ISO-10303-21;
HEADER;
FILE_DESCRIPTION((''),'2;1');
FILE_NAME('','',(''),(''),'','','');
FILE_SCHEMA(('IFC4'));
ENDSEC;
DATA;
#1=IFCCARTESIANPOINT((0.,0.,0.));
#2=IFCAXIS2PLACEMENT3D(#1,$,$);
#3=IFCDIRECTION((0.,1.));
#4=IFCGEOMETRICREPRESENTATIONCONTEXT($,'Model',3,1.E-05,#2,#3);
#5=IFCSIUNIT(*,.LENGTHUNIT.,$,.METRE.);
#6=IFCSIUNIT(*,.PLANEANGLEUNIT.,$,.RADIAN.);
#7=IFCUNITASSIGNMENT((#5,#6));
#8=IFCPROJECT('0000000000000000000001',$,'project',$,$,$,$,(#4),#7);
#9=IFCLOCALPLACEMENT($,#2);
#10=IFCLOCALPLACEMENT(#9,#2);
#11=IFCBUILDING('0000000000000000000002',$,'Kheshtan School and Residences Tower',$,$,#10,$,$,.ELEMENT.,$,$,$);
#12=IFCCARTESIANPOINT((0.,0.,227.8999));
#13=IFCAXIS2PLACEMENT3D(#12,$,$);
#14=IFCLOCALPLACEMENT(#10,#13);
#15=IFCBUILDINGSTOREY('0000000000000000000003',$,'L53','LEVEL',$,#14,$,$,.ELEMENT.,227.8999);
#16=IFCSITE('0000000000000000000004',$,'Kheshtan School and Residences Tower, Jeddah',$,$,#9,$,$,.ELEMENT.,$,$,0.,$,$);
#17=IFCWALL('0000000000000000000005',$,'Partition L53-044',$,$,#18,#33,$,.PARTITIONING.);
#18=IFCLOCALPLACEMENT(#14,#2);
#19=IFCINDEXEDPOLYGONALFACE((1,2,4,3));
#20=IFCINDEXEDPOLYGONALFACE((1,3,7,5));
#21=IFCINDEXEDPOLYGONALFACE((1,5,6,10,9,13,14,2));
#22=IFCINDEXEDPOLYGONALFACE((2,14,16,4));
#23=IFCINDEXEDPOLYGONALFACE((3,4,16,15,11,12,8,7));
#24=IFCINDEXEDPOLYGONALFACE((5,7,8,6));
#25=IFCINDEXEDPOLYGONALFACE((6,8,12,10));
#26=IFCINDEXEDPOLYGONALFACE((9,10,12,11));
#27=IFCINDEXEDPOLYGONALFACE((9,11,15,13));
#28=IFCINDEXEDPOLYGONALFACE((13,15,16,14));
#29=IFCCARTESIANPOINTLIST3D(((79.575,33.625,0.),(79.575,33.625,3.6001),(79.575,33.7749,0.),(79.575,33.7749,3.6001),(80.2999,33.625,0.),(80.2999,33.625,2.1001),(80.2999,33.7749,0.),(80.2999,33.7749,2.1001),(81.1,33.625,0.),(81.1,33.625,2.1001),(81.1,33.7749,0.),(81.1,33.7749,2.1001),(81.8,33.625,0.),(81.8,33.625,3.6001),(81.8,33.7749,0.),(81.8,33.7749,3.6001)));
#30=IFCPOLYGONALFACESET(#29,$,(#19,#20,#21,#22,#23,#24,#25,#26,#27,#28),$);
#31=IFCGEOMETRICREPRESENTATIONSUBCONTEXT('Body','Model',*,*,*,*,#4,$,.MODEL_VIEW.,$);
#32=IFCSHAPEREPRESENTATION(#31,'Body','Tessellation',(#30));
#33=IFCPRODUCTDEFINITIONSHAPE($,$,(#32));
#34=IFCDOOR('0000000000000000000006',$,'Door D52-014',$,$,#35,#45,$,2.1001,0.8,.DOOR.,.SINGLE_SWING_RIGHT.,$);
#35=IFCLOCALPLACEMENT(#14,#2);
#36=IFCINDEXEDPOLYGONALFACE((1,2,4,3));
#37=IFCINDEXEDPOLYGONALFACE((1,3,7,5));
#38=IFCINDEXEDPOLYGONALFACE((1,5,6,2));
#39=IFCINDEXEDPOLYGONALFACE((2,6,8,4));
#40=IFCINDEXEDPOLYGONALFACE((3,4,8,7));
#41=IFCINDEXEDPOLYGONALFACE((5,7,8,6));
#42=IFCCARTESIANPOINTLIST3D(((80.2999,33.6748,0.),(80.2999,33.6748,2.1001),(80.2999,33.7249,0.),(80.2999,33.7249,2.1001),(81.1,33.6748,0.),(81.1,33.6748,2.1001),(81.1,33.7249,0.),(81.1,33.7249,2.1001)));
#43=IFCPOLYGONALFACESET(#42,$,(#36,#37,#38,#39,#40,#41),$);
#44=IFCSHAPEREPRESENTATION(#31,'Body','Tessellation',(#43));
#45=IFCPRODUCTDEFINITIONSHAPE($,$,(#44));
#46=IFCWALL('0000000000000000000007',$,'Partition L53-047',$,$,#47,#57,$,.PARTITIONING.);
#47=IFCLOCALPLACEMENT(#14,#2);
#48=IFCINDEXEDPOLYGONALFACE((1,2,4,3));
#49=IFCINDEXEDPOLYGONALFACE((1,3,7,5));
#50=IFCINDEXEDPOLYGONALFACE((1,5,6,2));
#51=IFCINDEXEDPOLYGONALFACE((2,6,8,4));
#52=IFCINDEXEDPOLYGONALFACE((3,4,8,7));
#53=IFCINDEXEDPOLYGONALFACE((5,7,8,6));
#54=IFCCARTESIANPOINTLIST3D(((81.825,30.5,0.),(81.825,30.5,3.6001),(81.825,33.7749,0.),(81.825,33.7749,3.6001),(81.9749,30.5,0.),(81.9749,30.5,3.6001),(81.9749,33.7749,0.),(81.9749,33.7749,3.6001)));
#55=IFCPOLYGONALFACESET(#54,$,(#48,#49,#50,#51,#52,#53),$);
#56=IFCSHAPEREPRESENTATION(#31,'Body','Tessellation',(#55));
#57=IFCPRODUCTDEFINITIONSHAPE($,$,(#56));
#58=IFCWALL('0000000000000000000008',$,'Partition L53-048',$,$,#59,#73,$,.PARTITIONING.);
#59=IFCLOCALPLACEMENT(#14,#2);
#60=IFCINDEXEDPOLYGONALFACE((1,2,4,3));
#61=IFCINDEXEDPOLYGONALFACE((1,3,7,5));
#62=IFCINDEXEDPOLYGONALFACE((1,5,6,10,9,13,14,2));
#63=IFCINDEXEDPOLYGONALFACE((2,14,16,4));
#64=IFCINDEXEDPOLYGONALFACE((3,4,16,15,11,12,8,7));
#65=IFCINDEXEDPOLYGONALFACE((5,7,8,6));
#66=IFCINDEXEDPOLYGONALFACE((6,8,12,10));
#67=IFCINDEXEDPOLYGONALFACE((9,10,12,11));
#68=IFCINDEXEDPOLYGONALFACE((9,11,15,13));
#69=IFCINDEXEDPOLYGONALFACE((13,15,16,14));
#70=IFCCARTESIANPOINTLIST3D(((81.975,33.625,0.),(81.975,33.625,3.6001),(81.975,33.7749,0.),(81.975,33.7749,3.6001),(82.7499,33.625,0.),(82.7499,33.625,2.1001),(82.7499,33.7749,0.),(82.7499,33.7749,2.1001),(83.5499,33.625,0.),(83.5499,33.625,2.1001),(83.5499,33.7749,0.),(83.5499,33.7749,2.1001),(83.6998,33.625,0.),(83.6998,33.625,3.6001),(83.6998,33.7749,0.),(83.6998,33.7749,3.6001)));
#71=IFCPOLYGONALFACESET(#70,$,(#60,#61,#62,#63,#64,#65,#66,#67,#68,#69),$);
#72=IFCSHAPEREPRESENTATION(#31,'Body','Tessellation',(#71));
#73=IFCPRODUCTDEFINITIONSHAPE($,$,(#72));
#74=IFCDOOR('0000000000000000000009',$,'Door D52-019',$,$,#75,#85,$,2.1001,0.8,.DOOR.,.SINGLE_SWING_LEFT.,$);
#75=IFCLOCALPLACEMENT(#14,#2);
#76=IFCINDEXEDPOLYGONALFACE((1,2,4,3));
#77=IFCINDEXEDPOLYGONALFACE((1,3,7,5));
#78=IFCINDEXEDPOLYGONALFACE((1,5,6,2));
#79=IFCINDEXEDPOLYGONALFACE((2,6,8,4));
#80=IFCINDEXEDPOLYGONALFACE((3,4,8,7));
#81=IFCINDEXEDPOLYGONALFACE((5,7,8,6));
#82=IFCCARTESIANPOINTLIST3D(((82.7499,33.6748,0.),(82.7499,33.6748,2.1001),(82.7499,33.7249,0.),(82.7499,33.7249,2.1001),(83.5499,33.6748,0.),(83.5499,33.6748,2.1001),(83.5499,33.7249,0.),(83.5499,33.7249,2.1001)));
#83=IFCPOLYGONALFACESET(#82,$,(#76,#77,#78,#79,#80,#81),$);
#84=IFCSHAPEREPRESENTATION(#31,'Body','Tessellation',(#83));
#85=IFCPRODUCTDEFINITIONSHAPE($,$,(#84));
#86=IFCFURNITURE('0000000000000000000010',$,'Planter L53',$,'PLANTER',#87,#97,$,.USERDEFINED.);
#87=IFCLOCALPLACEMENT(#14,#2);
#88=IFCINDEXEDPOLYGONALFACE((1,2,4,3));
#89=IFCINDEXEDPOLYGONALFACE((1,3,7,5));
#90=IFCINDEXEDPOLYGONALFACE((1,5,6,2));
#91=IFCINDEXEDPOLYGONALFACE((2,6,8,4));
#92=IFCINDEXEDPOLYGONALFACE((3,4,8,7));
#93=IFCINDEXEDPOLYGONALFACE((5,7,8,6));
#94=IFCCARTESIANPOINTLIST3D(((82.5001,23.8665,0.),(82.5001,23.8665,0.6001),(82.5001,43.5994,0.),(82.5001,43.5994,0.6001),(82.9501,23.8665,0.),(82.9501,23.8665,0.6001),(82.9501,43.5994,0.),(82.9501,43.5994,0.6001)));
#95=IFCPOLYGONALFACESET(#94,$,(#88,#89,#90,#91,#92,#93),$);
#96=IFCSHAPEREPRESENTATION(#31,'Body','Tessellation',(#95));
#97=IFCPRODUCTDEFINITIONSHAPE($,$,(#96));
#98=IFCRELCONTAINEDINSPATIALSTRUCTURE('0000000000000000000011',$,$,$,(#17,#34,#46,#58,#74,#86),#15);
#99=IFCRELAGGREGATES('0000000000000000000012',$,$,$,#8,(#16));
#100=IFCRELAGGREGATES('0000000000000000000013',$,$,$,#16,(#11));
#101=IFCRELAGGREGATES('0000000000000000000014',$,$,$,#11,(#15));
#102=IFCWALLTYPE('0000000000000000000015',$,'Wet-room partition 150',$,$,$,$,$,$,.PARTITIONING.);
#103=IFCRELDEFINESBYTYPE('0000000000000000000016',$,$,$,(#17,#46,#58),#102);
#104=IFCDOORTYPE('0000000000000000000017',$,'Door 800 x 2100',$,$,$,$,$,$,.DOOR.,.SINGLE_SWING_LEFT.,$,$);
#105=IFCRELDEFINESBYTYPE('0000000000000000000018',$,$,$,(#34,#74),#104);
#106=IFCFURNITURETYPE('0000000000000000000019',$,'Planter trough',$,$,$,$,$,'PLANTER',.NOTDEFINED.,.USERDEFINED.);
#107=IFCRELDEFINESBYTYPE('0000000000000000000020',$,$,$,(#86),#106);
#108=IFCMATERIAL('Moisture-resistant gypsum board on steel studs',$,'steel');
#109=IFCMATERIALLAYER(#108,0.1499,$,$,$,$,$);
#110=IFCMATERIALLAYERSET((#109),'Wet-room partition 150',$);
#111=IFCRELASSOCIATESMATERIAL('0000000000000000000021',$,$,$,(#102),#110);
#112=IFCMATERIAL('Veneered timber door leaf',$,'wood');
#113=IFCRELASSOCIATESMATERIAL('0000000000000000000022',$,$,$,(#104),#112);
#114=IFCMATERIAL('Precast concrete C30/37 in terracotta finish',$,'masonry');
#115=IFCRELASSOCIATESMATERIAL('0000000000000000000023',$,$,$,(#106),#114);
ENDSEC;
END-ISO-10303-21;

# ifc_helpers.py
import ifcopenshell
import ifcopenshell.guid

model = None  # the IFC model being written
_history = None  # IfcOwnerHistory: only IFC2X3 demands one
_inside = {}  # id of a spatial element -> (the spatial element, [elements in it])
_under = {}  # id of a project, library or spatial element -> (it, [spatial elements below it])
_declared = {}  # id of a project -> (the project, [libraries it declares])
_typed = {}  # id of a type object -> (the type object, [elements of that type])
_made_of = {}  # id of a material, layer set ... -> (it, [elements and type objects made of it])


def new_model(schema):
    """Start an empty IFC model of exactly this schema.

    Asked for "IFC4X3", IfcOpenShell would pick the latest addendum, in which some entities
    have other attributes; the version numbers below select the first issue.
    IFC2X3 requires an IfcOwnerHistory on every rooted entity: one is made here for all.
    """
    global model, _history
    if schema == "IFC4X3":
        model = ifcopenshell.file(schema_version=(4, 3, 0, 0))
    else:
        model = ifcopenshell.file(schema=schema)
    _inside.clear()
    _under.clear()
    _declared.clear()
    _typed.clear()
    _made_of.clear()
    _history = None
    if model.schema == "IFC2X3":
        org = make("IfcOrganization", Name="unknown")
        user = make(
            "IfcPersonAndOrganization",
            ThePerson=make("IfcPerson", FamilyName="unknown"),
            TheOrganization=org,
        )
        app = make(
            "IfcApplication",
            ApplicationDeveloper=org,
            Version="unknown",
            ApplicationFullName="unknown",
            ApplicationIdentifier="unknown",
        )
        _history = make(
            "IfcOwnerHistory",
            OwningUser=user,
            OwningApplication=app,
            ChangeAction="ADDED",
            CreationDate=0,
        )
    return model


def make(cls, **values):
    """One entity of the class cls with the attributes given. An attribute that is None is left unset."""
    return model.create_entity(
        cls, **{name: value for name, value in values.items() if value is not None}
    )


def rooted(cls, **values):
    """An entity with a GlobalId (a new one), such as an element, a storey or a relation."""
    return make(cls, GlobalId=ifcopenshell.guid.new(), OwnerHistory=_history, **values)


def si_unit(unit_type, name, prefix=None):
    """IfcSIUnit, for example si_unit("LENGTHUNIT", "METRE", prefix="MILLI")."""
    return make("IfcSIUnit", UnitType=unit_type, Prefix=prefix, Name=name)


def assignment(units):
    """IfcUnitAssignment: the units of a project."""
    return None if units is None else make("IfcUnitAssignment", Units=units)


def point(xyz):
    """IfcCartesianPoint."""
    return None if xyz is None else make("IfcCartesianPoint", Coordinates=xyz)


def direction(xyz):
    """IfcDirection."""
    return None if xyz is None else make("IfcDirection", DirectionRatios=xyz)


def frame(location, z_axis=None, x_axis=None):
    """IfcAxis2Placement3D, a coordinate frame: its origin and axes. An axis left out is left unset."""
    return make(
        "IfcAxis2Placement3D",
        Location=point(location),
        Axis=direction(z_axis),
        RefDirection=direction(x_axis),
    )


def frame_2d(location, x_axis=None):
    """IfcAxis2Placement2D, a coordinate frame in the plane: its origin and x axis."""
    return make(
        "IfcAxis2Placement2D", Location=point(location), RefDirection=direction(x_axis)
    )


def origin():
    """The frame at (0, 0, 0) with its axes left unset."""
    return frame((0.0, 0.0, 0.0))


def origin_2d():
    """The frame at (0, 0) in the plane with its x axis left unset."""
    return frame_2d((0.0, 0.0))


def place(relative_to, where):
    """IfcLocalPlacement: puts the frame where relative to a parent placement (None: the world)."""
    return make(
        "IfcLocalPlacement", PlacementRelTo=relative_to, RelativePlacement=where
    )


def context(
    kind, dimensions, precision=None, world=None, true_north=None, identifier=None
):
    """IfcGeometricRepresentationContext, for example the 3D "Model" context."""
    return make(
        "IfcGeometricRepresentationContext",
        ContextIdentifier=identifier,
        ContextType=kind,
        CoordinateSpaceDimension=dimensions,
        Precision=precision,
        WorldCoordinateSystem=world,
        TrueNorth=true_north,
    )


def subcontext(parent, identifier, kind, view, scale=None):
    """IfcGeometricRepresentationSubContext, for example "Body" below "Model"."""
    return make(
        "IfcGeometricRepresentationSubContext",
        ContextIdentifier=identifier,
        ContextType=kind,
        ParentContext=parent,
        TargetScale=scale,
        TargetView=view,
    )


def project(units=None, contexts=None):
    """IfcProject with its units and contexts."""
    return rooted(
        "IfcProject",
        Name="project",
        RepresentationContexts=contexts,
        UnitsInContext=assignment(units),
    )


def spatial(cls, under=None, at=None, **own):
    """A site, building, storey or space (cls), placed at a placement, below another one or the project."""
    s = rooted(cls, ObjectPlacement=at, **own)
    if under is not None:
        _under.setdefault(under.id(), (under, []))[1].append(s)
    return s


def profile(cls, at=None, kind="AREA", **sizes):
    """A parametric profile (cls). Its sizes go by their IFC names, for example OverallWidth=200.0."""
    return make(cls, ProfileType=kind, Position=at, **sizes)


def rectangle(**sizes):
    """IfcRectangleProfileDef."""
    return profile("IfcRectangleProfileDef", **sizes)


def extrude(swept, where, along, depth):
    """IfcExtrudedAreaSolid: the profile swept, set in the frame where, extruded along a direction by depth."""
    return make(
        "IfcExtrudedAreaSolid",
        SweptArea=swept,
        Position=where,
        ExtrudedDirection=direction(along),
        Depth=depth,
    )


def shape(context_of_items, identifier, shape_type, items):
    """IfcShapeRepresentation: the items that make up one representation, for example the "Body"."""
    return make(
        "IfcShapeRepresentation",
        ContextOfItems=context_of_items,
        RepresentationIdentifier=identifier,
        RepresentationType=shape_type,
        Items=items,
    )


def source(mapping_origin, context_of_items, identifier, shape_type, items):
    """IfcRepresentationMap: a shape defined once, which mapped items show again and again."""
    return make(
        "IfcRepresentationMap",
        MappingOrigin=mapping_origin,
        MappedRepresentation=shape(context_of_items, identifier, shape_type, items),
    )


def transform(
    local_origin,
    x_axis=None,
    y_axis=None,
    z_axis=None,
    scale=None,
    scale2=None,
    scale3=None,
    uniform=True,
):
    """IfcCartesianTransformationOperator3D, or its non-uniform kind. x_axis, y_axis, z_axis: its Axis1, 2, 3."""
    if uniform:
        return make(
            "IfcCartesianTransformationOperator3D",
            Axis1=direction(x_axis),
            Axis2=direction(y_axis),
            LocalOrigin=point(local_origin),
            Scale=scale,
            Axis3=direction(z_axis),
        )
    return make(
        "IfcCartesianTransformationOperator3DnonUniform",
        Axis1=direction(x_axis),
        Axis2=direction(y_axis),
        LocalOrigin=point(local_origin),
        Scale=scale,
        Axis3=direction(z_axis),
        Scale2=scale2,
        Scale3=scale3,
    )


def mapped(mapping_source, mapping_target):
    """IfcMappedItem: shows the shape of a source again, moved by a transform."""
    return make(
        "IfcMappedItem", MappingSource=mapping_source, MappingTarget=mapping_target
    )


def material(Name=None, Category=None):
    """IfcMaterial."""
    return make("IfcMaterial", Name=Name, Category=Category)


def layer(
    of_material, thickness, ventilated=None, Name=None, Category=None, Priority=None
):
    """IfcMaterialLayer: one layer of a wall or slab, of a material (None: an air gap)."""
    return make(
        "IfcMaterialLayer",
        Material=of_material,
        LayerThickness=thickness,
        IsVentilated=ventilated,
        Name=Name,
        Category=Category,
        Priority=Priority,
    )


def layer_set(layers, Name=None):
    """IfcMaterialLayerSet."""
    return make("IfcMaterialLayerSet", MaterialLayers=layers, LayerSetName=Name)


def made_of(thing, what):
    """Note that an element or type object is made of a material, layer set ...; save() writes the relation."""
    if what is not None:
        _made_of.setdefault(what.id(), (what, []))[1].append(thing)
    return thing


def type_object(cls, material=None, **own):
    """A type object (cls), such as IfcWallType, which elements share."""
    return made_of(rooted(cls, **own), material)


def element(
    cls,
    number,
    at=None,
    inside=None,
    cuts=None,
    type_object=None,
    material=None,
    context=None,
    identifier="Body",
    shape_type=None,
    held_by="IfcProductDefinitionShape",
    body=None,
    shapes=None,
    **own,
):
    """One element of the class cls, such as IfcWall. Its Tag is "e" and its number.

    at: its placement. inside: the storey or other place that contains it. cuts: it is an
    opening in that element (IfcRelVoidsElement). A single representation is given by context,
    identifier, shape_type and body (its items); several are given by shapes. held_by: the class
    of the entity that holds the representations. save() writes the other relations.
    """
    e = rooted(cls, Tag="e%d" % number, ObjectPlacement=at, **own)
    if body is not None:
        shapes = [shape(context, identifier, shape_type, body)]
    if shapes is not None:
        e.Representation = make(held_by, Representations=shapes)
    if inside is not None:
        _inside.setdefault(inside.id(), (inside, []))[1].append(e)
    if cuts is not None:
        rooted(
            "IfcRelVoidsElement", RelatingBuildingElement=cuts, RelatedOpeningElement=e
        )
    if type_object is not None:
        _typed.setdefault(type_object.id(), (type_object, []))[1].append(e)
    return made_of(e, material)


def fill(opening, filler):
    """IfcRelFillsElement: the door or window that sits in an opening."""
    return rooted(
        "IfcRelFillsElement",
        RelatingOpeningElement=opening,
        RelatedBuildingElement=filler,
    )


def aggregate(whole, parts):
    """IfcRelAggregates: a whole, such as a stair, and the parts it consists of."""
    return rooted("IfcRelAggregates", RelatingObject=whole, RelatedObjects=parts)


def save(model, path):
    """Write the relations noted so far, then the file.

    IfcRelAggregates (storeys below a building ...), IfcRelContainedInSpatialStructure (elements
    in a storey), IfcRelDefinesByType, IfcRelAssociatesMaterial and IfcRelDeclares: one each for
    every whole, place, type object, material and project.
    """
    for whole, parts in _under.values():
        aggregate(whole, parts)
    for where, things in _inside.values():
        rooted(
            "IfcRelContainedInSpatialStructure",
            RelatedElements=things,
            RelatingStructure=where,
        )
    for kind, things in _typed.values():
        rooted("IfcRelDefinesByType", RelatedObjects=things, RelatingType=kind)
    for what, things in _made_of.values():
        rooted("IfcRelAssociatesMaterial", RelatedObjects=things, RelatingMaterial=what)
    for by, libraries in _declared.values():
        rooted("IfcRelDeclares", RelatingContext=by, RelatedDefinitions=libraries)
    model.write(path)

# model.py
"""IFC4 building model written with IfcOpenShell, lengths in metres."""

from ifc_helpers import new_model, si_unit, direction, frame, frame_2d, origin, origin_2d, place, context, subcontext, project, spatial, rectangle, extrude, source, transform, mapped, material, layer, layer_set, type_object, element, fill, save


model = new_model("IFC4")

# Units and contexts
model_context = context("Model", 3, precision=1e-05, world=origin(), true_north=direction((0.0, 1.0)))
body_context = subcontext(model_context, "Body", "Model", "MODEL_VIEW")
ifc_project = project(units=[si_unit("LENGTHUNIT", "METRE"), si_unit("PLANEANGLEUNIT", "RADIAN")], contexts=[model_context])

# Site, building, storey
site_placement = place(None, origin())
site = spatial("IfcSite", under=ifc_project, at=site_placement, Name="Kheshtan School and Residences Tower, Jeddah", CompositionType="ELEMENT", RefElevation=0.0)
building_placement = place(site_placement, origin())
building = spatial("IfcBuilding", under=site, at=building_placement, Name="Kheshtan School and Residences Tower", CompositionType="ELEMENT")
storey_placement = place(building_placement, frame((0.0, 0.0, 227.8999)))
storey = spatial("IfcBuildingStorey", under=building, at=storey_placement, Name="L53", Description="LEVEL", CompositionType="ELEMENT", Elevation=227.8999)

# Shared definitions
ifc_material_1 = material(Name="Moisture-resistant gypsum board on steel studs", Category="steel")
ifc_layer_1 = layer(ifc_material_1, 0.1499)
ifc_layer_set_1 = layer_set([ifc_layer_1], Name="Wet-room partition 150")
wall_type_1 = type_object("IfcWallType", Name="Wet-room partition 150", PredefinedType="PARTITIONING", material=ifc_layer_set_1)

# Wall, opening, door
wall_1_placement = place(storey_placement, frame((79.575, 33.7, 0.0), z_axis=(0.0, 0.0, 1.0), x_axis=(1.0, 0.0, 0.0)))
wall_1 = element("IfcWall", 1, at=wall_1_placement, inside=storey, type_object=wall_type_1, Name="Partition L53-044", PredefinedType="PARTITIONING", context=body_context, shape_type="SweptSolid", body=[
    extrude(rectangle(XDim=2.2251, YDim=0.1499, at=frame_2d((1.1125, 0.0))), origin(), (0.0, 0.0, 1.0), 3.6001),
])
opening_1_placement = place(wall_1_placement, frame((0.7251, 0.0, 0.0)))
opening_1 = element("IfcOpeningElement", 2, at=opening_1_placement, cuts=wall_1, PredefinedType="OPENING", context=body_context, shape_type="SweptSolid", body=[
    extrude(rectangle(XDim=0.8, YDim=2.1001, at=frame_2d((0.3999, 1.05))), frame((0.0, 0.085, 0.0), z_axis=(0.0, -1.0, 0.0), x_axis=(1.0, 0.0, 0.0)), (0.0, 0.0, 1.0), 0.1699),
])
ifc_material_2 = material(Name="Veneered timber door leaf", Category="wood")
door_type_1 = type_object("IfcDoorType", Name="Door 800 x 2100", OperationType="SINGLE_SWING_LEFT", PredefinedType="DOOR", material=ifc_material_2)
shared_shape_1 = source(origin(), body_context, "Body", "SweptSolid", [
    extrude(rectangle(XDim=0.8, YDim=2.1001, at=frame_2d((0.3999, 1.05))), frame((0.0, 0.0249, 0.0), z_axis=(0.0, -1.0, 0.0), x_axis=(1.0, 0.0, 0.0)), (0.0, 0.0, 1.0), 0.05),
])
door_1_placement = place(opening_1_placement, origin())
door_1 = element("IfcDoor", 3, at=door_1_placement, inside=storey, type_object=door_type_1, Name="Door D52-014", OperationType="SINGLE_SWING_RIGHT", OverallHeight=2.1001, OverallWidth=0.8, PredefinedType="DOOR", context=body_context, shape_type="MappedRepresentation", body=[
    mapped(shared_shape_1, transform((0.0, 0.0, 0.0), x_axis=(1.0, 0.0, 0.0), y_axis=(0.0, 1.0, 0.0), z_axis=(0.0, 0.0, 1.0), scale=1.0)),
])
fill(opening_1, door_1)

# Wall
wall_2_placement = place(storey_placement, frame((81.8999, 30.5, 0.0), z_axis=(0.0, 0.0, 1.0), x_axis=(0.0, 1.0, 0.0)))
element("IfcWall", 4, at=wall_2_placement, inside=storey, type_object=wall_type_1, Name="Partition L53-047", PredefinedType="PARTITIONING", context=body_context, shape_type="SweptSolid", body=[
    extrude(rectangle(XDim=3.2749, YDim=0.1499, at=frame_2d((1.6375, 0.0))), origin(), (0.0, 0.0, 1.0), 3.6001),
])

# Wall, opening, door
wall_3_placement = place(storey_placement, frame((81.9751, 33.7, 0.0), z_axis=(0.0, 0.0, 1.0), x_axis=(1.0, 0.0, 0.0)))
wall_3 = element("IfcWall", 5, at=wall_3_placement, inside=storey, type_object=wall_type_1, Name="Partition L53-048", PredefinedType="PARTITIONING", context=body_context, shape_type="SweptSolid", body=[
    extrude(rectangle(XDim=1.7249, YDim=0.1499, at=frame_2d((0.8623, 0.0))), origin(), (0.0, 0.0, 1.0), 3.6001),
])
opening_2_placement = place(wall_3_placement, frame((0.7749, 0.0, 0.0)))
opening_2 = element("IfcOpeningElement", 6, at=opening_2_placement, cuts=wall_3, PredefinedType="OPENING", context=body_context, shape_type="SweptSolid", body=[
    extrude(rectangle(XDim=0.8, YDim=2.1001, at=frame_2d((0.3999, 1.05))), frame((0.0, 0.085, 0.0), z_axis=(0.0, -1.0, 0.0), x_axis=(1.0, 0.0, 0.0)), (0.0, 0.0, 1.0), 0.1699),
])
door_2_placement = place(opening_2_placement, origin())
door_2 = element("IfcDoor", 7, at=door_2_placement, inside=storey, type_object=door_type_1, Name="Door D52-019", OperationType="SINGLE_SWING_LEFT", OverallHeight=2.1001, OverallWidth=0.8, PredefinedType="DOOR", context=body_context, shape_type="MappedRepresentation", body=[
    mapped(shared_shape_1, transform((0.0, 0.0, 0.0), x_axis=(1.0, 0.0, 0.0), y_axis=(0.0, 1.0, 0.0), z_axis=(0.0, 0.0, 1.0), scale=1.0)),
])
fill(opening_2, door_2)

# Furniture
ifc_material_3 = material(Name="Precast concrete C30/37 in terracotta finish", Category="masonry")
furniture_type = type_object("IfcFurnitureType", Name="Planter trough", ElementType="PLANTER", AssemblyPlace="NOTDEFINED", PredefinedType="USERDEFINED", material=ifc_material_3)
furniture_placement = place(storey_placement, frame((82.7251, 33.7329, 0.0), z_axis=(0.0, 0.0, 1.0), x_axis=(0.0, -1.0, 0.0)))
element("IfcFurniture", 8, at=furniture_placement, inside=storey, type_object=furniture_type, Name="Planter L53", ObjectType="PLANTER", PredefinedType="USERDEFINED", context=body_context, shape_type="SweptSolid", body=[
    extrude(rectangle(XDim=19.7329, YDim=0.45, at=origin_2d()), origin(), (0.0, 0.0, 1.0), 0.6001),
])

save(model, "model.ifc")
